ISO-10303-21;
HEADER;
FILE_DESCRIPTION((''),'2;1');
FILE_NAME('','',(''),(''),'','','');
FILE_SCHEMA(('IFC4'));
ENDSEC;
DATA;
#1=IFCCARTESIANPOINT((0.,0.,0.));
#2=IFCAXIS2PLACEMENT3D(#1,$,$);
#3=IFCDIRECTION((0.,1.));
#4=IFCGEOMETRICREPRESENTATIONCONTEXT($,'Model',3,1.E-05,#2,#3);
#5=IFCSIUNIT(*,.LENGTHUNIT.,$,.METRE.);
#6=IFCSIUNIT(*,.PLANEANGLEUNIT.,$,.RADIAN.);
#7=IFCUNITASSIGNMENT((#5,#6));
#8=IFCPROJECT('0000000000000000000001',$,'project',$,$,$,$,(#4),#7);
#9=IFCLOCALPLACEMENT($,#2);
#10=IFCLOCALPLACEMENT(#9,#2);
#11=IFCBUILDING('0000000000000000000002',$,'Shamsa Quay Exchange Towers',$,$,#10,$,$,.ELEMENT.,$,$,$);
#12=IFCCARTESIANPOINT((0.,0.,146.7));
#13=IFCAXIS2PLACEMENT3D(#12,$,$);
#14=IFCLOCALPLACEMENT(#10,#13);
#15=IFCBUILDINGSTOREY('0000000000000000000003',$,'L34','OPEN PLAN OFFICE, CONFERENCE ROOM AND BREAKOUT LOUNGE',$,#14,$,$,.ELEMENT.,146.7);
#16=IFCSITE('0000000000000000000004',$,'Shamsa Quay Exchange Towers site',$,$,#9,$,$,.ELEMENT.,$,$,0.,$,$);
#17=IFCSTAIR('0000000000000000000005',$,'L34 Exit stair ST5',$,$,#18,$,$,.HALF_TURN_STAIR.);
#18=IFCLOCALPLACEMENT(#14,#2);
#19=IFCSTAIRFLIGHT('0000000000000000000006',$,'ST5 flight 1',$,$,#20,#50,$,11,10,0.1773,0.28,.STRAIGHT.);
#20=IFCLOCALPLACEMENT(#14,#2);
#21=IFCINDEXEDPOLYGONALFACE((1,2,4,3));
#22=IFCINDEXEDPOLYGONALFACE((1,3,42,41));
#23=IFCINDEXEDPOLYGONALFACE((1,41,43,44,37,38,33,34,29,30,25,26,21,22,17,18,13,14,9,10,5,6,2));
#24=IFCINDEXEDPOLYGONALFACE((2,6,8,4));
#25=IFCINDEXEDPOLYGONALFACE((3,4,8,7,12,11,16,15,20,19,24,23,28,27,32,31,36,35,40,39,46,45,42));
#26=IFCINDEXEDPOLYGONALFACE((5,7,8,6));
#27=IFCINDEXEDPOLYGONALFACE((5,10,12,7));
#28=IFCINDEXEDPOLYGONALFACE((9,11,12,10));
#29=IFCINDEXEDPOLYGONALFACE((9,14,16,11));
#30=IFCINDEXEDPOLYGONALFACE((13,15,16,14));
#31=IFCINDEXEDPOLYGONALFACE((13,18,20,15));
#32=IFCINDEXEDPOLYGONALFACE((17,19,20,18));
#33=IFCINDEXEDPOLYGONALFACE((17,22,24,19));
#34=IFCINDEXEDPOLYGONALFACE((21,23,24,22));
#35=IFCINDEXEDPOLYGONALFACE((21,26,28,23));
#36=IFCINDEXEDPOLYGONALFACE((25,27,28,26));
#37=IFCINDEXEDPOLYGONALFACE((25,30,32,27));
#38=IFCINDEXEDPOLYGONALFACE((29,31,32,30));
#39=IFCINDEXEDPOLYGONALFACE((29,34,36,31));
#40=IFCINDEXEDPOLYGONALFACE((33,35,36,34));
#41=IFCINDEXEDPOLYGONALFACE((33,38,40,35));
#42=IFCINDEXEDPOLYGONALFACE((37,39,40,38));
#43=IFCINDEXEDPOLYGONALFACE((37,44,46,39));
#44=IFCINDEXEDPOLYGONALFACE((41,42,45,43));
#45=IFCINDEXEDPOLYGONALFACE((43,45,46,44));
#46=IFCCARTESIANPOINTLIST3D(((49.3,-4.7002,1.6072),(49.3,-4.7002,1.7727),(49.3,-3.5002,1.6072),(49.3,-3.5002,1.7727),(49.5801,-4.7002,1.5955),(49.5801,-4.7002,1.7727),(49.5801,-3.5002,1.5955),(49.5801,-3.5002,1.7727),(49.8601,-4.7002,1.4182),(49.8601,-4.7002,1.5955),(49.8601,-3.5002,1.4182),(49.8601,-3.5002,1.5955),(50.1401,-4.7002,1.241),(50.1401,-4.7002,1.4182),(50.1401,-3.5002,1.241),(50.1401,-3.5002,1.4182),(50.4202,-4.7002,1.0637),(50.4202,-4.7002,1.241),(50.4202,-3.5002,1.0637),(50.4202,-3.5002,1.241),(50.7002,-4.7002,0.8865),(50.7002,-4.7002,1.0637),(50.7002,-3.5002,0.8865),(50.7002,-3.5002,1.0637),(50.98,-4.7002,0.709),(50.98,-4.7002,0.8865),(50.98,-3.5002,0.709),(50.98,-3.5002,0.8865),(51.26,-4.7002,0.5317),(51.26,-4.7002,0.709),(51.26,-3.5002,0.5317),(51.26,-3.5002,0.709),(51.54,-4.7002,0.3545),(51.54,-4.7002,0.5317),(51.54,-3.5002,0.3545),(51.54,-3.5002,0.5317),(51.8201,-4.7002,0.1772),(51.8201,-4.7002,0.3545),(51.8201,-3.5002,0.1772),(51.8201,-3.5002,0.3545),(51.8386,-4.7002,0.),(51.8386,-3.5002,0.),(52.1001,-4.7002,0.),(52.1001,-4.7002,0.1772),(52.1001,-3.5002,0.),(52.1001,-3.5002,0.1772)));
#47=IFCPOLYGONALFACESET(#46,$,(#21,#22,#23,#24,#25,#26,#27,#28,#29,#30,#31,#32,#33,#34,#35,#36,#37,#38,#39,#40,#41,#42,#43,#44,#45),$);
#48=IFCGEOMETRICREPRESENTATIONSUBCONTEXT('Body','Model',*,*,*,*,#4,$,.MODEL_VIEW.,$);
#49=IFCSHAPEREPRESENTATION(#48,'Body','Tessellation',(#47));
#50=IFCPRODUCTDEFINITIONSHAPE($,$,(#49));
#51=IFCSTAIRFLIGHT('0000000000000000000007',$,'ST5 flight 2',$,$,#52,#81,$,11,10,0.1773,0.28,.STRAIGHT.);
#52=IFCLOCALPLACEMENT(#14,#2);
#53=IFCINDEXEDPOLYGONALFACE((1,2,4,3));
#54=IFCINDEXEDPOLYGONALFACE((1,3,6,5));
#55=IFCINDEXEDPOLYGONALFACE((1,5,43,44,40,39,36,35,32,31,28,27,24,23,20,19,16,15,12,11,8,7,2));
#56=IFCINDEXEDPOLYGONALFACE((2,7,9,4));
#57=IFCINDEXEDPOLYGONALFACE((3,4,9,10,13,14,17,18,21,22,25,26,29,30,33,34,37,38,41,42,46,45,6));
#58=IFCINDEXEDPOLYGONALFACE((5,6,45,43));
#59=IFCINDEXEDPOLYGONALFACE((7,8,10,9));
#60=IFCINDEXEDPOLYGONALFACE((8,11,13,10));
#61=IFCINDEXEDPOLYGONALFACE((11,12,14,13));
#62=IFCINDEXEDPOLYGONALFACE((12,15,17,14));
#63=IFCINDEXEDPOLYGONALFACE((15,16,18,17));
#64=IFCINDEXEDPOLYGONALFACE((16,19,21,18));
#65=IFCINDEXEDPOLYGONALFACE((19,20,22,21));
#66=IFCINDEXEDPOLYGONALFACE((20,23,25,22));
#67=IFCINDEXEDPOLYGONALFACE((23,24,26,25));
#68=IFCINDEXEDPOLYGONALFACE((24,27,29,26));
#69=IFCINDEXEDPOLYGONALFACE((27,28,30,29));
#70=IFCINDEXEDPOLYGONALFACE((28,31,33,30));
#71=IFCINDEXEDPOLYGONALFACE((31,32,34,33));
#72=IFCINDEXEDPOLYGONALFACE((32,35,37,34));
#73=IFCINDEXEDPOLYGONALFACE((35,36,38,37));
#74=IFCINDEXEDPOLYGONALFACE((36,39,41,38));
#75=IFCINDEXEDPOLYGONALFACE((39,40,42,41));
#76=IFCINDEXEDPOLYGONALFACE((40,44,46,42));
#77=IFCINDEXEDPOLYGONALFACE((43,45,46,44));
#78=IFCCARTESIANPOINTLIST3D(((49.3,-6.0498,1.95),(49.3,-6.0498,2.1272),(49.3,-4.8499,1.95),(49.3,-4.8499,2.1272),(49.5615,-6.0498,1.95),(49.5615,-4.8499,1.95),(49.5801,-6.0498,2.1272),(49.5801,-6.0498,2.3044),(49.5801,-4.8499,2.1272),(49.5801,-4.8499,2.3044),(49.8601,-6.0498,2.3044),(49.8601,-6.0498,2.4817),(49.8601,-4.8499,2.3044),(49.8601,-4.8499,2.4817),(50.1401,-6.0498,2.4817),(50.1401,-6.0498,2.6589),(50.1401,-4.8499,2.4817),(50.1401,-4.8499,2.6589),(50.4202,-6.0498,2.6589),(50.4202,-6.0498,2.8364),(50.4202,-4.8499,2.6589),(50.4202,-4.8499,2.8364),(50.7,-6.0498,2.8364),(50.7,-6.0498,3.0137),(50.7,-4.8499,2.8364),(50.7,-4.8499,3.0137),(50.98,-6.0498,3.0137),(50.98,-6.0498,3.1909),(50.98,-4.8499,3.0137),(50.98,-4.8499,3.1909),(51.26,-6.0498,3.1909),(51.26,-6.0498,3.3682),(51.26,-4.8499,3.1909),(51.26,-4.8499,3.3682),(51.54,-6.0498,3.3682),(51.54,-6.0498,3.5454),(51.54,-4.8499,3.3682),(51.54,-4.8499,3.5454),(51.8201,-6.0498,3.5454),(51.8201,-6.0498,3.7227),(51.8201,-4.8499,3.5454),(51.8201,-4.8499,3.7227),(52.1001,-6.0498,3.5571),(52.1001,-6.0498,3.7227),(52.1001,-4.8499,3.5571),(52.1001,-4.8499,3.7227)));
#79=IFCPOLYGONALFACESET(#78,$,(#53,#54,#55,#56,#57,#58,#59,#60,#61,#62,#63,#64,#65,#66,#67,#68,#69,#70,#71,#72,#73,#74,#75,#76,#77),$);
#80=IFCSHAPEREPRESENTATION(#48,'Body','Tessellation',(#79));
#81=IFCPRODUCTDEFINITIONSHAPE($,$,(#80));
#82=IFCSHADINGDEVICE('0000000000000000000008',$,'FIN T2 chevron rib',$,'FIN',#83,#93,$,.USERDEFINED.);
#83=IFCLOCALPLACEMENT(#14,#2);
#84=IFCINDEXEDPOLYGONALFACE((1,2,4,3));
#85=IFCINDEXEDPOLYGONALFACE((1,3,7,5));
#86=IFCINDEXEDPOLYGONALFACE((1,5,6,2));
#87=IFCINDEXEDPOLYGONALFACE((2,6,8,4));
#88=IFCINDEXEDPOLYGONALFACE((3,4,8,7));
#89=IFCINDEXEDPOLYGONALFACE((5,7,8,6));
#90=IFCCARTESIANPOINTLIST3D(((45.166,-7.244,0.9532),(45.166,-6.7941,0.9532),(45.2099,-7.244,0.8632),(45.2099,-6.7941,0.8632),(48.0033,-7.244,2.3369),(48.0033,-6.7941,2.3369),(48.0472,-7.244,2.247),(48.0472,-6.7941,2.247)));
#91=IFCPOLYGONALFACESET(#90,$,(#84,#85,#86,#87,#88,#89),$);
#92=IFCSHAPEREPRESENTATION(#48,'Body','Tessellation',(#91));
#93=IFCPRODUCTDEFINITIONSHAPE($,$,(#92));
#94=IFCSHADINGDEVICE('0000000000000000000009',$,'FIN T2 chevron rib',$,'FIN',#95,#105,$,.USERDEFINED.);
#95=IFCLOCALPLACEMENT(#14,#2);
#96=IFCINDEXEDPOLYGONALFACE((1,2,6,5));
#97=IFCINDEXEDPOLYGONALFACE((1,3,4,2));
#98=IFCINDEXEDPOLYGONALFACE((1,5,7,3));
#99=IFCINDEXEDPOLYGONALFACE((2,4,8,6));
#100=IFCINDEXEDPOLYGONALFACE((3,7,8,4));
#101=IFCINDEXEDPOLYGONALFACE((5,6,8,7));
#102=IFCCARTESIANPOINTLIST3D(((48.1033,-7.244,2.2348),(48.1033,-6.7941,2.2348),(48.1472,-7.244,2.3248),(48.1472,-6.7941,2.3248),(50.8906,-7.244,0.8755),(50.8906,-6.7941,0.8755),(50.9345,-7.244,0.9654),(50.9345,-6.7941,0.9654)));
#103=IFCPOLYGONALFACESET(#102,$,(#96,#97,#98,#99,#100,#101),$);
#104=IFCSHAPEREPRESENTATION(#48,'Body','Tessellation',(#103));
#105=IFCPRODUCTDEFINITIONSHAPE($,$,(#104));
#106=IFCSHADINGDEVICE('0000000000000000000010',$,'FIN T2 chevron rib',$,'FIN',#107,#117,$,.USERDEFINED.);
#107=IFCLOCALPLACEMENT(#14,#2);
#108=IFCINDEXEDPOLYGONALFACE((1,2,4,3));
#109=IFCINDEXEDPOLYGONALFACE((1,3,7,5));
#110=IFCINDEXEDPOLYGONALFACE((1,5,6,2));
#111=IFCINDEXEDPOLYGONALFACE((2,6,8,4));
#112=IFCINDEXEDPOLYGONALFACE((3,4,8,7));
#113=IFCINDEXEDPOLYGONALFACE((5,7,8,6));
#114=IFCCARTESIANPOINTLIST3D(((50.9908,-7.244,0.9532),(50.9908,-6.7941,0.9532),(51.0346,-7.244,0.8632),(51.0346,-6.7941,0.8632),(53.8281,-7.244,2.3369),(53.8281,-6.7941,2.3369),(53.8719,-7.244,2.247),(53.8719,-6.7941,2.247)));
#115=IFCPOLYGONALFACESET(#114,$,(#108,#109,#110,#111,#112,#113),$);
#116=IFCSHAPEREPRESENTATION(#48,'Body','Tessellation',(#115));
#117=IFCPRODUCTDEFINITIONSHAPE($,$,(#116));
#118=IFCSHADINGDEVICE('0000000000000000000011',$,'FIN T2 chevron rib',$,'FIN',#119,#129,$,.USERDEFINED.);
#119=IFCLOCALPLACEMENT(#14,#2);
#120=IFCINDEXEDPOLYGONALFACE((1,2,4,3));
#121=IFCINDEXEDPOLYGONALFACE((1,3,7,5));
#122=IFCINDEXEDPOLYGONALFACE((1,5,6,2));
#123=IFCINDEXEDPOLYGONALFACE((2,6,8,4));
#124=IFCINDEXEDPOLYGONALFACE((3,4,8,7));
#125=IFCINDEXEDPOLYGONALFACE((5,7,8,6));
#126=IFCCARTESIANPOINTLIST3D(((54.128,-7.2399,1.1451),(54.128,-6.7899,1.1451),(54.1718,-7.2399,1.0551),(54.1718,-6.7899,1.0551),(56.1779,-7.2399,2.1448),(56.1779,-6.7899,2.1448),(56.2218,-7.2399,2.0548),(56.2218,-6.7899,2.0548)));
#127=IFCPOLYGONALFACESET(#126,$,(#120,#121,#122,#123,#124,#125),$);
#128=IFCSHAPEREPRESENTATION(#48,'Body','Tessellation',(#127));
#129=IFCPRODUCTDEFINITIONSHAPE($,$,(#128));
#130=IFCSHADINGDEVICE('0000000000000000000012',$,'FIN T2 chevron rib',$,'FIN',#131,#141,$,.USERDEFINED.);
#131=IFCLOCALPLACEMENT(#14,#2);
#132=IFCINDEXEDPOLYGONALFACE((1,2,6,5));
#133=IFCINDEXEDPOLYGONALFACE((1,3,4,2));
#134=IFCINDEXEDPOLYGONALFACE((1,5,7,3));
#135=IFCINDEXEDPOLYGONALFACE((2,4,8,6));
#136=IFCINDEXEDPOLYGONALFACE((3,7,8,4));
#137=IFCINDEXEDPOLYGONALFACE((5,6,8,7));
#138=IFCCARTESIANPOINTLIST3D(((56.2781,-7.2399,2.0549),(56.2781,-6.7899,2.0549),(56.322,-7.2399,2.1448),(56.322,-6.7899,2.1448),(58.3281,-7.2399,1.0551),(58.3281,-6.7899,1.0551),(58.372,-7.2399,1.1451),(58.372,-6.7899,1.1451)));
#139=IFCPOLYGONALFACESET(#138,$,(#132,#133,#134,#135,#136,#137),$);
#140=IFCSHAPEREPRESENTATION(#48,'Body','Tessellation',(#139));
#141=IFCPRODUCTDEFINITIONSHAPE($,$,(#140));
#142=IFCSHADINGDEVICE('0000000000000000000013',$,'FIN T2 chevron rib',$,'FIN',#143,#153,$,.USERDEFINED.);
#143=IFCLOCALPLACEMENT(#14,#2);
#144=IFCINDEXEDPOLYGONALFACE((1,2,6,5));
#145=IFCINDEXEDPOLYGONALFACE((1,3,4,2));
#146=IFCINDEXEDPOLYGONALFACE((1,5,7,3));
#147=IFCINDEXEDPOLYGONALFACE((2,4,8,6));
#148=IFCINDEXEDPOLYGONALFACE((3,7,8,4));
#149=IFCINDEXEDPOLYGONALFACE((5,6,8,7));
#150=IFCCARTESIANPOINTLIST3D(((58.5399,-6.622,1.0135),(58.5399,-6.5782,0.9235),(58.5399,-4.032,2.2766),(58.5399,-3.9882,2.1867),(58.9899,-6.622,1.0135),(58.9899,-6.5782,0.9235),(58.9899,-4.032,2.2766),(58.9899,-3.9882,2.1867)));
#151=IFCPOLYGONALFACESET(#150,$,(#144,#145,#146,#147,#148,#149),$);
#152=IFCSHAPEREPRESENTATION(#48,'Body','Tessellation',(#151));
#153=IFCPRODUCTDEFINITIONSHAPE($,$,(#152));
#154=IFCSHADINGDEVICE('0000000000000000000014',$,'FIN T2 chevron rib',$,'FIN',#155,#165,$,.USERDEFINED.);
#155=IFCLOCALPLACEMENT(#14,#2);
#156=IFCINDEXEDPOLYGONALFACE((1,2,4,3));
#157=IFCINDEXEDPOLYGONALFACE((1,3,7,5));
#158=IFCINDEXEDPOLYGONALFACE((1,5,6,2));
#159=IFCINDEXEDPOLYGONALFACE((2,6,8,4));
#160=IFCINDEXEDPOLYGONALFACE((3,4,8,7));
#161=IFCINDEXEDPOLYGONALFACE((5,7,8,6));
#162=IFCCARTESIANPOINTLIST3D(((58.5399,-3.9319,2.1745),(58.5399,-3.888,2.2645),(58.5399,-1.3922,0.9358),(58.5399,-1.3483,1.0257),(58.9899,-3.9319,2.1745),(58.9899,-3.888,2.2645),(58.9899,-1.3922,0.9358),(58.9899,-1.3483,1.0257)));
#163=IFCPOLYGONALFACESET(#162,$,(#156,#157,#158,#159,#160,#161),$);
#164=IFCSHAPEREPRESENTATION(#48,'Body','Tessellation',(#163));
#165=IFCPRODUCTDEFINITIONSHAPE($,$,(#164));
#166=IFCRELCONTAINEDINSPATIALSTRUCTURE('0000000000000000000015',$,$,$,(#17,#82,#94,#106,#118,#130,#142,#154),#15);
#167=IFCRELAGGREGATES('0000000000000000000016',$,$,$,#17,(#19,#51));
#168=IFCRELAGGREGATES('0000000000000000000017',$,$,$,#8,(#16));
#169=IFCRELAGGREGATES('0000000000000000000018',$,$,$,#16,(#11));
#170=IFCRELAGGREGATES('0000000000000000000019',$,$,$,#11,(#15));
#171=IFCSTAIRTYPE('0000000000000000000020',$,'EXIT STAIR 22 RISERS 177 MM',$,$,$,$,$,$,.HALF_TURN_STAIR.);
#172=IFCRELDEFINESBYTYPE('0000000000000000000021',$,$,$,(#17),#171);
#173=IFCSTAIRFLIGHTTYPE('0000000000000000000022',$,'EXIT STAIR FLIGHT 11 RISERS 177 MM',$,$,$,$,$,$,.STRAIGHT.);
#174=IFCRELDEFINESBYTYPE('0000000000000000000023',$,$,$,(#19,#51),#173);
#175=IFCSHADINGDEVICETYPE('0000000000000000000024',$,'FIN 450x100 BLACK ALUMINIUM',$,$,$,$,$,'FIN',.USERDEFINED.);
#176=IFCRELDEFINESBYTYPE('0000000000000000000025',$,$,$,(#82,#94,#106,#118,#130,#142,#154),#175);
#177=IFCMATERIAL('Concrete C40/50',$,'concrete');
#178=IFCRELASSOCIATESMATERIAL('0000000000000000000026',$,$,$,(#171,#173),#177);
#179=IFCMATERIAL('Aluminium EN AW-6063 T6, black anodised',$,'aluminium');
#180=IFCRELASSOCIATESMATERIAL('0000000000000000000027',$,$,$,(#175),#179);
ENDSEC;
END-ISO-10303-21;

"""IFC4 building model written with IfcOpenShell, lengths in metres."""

from ifc_helpers import new_model, si_unit, direction, frame, origin, origin_2d, place, context, subcontext, project, spatial, polyline, rectangle, outline, extrude, material, material_profile, profile_set, type_object, element, aggregate, save


model = new_model("IFC4")

# Units and contexts
model_context = context("Model", 3, precision=1e-05, world=origin(), true_north=direction((0.0, 1.0)))
body_context = subcontext(model_context, "Body", "Model", "MODEL_VIEW")
ifc_project = project(units=[si_unit("LENGTHUNIT", "METRE"), si_unit("PLANEANGLEUNIT", "RADIAN")], contexts=[model_context])

# Site, building, storey
site_placement = place(None, origin())
site = spatial("IfcSite", under=ifc_project, at=site_placement, Name="Shamsa Quay Exchange Towers site", CompositionType="ELEMENT", RefElevation=0.0)
building_placement = place(site_placement, origin())
building = spatial("IfcBuilding", under=site, at=building_placement, Name="Shamsa Quay Exchange Towers", CompositionType="ELEMENT")
storey_placement = place(building_placement, frame((0.0, 0.0, 146.7)))
storey = spatial("IfcBuildingStorey", under=building, at=storey_placement, Name="L34", Description="OPEN PLAN OFFICE, CONFERENCE ROOM AND BREAKOUT LOUNGE", CompositionType="ELEMENT", Elevation=146.7)

# Shared definitions
ifc_material_1 = material(Name="Aluminium EN AW-6063 T6, black anodised", Category="aluminium")

# Stair, stair flights
ifc_material_2 = material(Name="Concrete C40/50", Category="concrete")
stair_type = type_object("IfcStairType", Name="EXIT STAIR 22 RISERS 177 MM", PredefinedType="HALF_TURN_STAIR", material=ifc_material_2)
stair_placement = place(storey_placement, origin())
stair = element("IfcStair", 1, at=stair_placement, inside=storey, type_object=stair_type, Name="L34 Exit stair ST5", PredefinedType="HALF_TURN_STAIR")
stair_flight_type = type_object("IfcStairFlightType", Name="EXIT STAIR FLIGHT 11 RISERS 177 MM", PredefinedType="STRAIGHT", material=ifc_material_2)
stair_flight_1_placement = place(storey_placement, frame((52.1001, -4.1001, 0.0), z_axis=(0.0, 0.0, 1.0), x_axis=(-1.0, 0.0, 0.0)))
stair_flight_1 = element("IfcStairFlight", 2, at=stair_flight_1_placement, type_object=stair_flight_type, Name="ST5 flight 1", NumberOfRisers=11, NumberOfTreads=10, PredefinedType="STRAIGHT", RiserHeight=0.1773, TreadLength=0.28, context=body_context, shape_type="SweptSolid", body=[
    extrude(outline(polyline([(0.0, 0.0), (0.0, 0.1772), (0.28, 0.1772), (0.28, 0.3545), (0.5601, 0.3545), (0.5601, 0.5317), (0.8401, 0.5317), (0.8401, 0.709), (1.1201, 0.709), (1.1201, 0.8865), (1.3999, 0.8865), (1.3999, 1.0637), (1.6799, 1.0637), (1.6799, 1.241), (1.96, 1.241), (1.96, 1.4182), (2.24, 1.4182), (2.24, 1.5955), (2.52, 1.5955), (2.52, 1.7727), (2.8, 1.7727), (2.8, 1.95), (2.8, 1.6072), (0.2615, 0.0), (0.0, 0.0)])), frame((0.0, 0.6001, 0.0), z_axis=(0.0, -1.0, 0.0), x_axis=(1.0, 0.0, 0.0)), (0.0, 0.0, 1.0), 1.2),
])
stair_flight_2_placement = place(storey_placement, frame((49.3, -5.45, 1.95)))
stair_flight_2 = element("IfcStairFlight", 3, at=stair_flight_2_placement, type_object=stair_flight_type, Name="ST5 flight 2", NumberOfRisers=11, NumberOfTreads=10, PredefinedType="STRAIGHT", RiserHeight=0.1773, TreadLength=0.28, context=body_context, shape_type="SweptSolid", body=[
    extrude(outline(polyline([(0.0, 0.0), (0.0, 0.1772), (0.28, 0.1772), (0.28, 0.3545), (0.5601, 0.3545), (0.5601, 0.5317), (0.8401, 0.5317), (0.8401, 0.709), (1.1201, 0.709), (1.1201, 0.8865), (1.3999, 0.8865), (1.3999, 1.0637), (1.6799, 1.0637), (1.6799, 1.241), (1.96, 1.241), (1.96, 1.4182), (2.24, 1.4182), (2.24, 1.5955), (2.52, 1.5955), (2.52, 1.7727), (2.8, 1.7727), (2.8, 1.95), (2.8, 1.6072), (0.2615, 0.0), (0.0, 0.0)])), frame((0.0, 0.6001, 0.0), z_axis=(0.0, -1.0, 0.0), x_axis=(1.0, 0.0, 0.0)), (0.0, 0.0, 1.0), 1.2),
])
aggregate(stair, [stair_flight_1, stair_flight_2])

# Shading devices
ifc_material_profile_1 = material_profile(ifc_material_1, rectangle(XDim=0.45, YDim=0.1001, at=origin_2d()), Name="FIN450x100")
ifc_profile_set_1 = profile_set([ifc_material_profile_1], Name="Aluminium EN AW-6063 T6, black anodised")
shading_device_type = type_object("IfcShadingDeviceType", Name="FIN 450x100 BLACK ALUMINIUM", ElementType="FIN", PredefinedType="USERDEFINED", material=ifc_profile_set_1)
shading_device_1_placement = place(storey_placement, frame((45.188, -7.019, 0.9082), z_axis=(0.898807, 0.0, 0.438344), x_axis=(0.0, 1.0, 0.0)))
element("IfcShadingDevice", 4, at=shading_device_1_placement, inside=storey, type_object=shading_device_type, Name="FIN T2 chevron rib", ObjectType="FIN", PredefinedType="USERDEFINED", context=body_context, shape_type="SweptSolid", body=[
    extrude(rectangle(XDim=0.45, YDim=0.1001, at=origin_2d()), origin(), (0.0, 0.0, 1.0), 3.1567),
])
shading_device_2_placement = place(storey_placement, frame((48.1252, -7.019, 2.2798), z_axis=(0.898808, 0.0, -0.438343), x_axis=(0.0, 1.0, 0.0)))
element("IfcShadingDevice", 5, at=shading_device_2_placement, inside=storey, type_object=shading_device_type, Name="FIN T2 chevron rib", ObjectType="FIN", PredefinedType="USERDEFINED", context=body_context, shape_type="SweptSolid", body=[
    extrude(rectangle(XDim=0.45, YDim=0.1001, at=origin_2d()), origin(), (0.0, 0.0, 1.0), 3.1011),
])
shading_device_3_placement = place(storey_placement, frame((51.0127, -7.019, 0.9082), z_axis=(0.898807, 0.0, 0.438344), x_axis=(0.0, 1.0, 0.0)))
element("IfcShadingDevice", 6, at=shading_device_3_placement, inside=storey, type_object=shading_device_type, Name="FIN T2 chevron rib", ObjectType="FIN", PredefinedType="USERDEFINED", context=body_context, shape_type="SweptSolid", body=[
    extrude(rectangle(XDim=0.45, YDim=0.1001, at=origin_2d()), origin(), (0.0, 0.0, 1.0), 3.1567),
])
for number, where, z_axis, x_axis, name in (
    (7, (54.1499, -7.0149, 1.1001), (0.898815, 0.0, 0.438329), (0.0, 1.0, 0.0), "FIN T2 chevron rib"),
    (8, (56.3, -7.0149, 2.0999), (0.898815, 0.0, -0.438329), (0.0, 1.0, 0.0), "FIN T2 chevron rib"),
):
    element("IfcShadingDevice", number, at=place(storey_placement, frame(where, z_axis=z_axis, x_axis=x_axis)), inside=storey, type_object=shading_device_type, Name=name, ObjectType="FIN", PredefinedType="USERDEFINED", context=body_context, shape_type="SweptSolid", body=[
        extrude(rectangle(XDim=0.45, YDim=0.1001, at=origin_2d()), origin(), (0.0, 0.0, 1.0), 2.2808),
    ])
shading_device_4_placement = place(storey_placement, frame((58.7649, -6.6001, 0.9685), z_axis=(0.0, 0.898806, 0.438347), x_axis=(-1.0, 0.0, 0.0)))
element("IfcShadingDevice", 9, at=shading_device_4_placement, inside=storey, type_object=shading_device_type, Name="FIN T2 chevron rib", ObjectType="FIN", PredefinedType="USERDEFINED", context=body_context, shape_type="SweptSolid", body=[
    extrude(rectangle(XDim=0.45, YDim=0.1001, at=origin_2d()), origin(), (0.0, 0.0, 1.0), 2.8816),
])
shading_device_5_placement = place(storey_placement, frame((58.7649, -3.9099, 2.2195), z_axis=(0.0, 0.89879, -0.438379), x_axis=(-1.0, 0.0, 0.0)))
element("IfcShadingDevice", 10, at=shading_device_5_placement, inside=storey, type_object=shading_device_type, Name="FIN T2 chevron rib", ObjectType="FIN", PredefinedType="USERDEFINED", context=body_context, shape_type="SweptSolid", body=[
    extrude(rectangle(XDim=0.45, YDim=0.1001, at=origin_2d()), origin(), (0.0, 0.0, 1.0), 2.8257),
])

save(model, "model.ifc")
